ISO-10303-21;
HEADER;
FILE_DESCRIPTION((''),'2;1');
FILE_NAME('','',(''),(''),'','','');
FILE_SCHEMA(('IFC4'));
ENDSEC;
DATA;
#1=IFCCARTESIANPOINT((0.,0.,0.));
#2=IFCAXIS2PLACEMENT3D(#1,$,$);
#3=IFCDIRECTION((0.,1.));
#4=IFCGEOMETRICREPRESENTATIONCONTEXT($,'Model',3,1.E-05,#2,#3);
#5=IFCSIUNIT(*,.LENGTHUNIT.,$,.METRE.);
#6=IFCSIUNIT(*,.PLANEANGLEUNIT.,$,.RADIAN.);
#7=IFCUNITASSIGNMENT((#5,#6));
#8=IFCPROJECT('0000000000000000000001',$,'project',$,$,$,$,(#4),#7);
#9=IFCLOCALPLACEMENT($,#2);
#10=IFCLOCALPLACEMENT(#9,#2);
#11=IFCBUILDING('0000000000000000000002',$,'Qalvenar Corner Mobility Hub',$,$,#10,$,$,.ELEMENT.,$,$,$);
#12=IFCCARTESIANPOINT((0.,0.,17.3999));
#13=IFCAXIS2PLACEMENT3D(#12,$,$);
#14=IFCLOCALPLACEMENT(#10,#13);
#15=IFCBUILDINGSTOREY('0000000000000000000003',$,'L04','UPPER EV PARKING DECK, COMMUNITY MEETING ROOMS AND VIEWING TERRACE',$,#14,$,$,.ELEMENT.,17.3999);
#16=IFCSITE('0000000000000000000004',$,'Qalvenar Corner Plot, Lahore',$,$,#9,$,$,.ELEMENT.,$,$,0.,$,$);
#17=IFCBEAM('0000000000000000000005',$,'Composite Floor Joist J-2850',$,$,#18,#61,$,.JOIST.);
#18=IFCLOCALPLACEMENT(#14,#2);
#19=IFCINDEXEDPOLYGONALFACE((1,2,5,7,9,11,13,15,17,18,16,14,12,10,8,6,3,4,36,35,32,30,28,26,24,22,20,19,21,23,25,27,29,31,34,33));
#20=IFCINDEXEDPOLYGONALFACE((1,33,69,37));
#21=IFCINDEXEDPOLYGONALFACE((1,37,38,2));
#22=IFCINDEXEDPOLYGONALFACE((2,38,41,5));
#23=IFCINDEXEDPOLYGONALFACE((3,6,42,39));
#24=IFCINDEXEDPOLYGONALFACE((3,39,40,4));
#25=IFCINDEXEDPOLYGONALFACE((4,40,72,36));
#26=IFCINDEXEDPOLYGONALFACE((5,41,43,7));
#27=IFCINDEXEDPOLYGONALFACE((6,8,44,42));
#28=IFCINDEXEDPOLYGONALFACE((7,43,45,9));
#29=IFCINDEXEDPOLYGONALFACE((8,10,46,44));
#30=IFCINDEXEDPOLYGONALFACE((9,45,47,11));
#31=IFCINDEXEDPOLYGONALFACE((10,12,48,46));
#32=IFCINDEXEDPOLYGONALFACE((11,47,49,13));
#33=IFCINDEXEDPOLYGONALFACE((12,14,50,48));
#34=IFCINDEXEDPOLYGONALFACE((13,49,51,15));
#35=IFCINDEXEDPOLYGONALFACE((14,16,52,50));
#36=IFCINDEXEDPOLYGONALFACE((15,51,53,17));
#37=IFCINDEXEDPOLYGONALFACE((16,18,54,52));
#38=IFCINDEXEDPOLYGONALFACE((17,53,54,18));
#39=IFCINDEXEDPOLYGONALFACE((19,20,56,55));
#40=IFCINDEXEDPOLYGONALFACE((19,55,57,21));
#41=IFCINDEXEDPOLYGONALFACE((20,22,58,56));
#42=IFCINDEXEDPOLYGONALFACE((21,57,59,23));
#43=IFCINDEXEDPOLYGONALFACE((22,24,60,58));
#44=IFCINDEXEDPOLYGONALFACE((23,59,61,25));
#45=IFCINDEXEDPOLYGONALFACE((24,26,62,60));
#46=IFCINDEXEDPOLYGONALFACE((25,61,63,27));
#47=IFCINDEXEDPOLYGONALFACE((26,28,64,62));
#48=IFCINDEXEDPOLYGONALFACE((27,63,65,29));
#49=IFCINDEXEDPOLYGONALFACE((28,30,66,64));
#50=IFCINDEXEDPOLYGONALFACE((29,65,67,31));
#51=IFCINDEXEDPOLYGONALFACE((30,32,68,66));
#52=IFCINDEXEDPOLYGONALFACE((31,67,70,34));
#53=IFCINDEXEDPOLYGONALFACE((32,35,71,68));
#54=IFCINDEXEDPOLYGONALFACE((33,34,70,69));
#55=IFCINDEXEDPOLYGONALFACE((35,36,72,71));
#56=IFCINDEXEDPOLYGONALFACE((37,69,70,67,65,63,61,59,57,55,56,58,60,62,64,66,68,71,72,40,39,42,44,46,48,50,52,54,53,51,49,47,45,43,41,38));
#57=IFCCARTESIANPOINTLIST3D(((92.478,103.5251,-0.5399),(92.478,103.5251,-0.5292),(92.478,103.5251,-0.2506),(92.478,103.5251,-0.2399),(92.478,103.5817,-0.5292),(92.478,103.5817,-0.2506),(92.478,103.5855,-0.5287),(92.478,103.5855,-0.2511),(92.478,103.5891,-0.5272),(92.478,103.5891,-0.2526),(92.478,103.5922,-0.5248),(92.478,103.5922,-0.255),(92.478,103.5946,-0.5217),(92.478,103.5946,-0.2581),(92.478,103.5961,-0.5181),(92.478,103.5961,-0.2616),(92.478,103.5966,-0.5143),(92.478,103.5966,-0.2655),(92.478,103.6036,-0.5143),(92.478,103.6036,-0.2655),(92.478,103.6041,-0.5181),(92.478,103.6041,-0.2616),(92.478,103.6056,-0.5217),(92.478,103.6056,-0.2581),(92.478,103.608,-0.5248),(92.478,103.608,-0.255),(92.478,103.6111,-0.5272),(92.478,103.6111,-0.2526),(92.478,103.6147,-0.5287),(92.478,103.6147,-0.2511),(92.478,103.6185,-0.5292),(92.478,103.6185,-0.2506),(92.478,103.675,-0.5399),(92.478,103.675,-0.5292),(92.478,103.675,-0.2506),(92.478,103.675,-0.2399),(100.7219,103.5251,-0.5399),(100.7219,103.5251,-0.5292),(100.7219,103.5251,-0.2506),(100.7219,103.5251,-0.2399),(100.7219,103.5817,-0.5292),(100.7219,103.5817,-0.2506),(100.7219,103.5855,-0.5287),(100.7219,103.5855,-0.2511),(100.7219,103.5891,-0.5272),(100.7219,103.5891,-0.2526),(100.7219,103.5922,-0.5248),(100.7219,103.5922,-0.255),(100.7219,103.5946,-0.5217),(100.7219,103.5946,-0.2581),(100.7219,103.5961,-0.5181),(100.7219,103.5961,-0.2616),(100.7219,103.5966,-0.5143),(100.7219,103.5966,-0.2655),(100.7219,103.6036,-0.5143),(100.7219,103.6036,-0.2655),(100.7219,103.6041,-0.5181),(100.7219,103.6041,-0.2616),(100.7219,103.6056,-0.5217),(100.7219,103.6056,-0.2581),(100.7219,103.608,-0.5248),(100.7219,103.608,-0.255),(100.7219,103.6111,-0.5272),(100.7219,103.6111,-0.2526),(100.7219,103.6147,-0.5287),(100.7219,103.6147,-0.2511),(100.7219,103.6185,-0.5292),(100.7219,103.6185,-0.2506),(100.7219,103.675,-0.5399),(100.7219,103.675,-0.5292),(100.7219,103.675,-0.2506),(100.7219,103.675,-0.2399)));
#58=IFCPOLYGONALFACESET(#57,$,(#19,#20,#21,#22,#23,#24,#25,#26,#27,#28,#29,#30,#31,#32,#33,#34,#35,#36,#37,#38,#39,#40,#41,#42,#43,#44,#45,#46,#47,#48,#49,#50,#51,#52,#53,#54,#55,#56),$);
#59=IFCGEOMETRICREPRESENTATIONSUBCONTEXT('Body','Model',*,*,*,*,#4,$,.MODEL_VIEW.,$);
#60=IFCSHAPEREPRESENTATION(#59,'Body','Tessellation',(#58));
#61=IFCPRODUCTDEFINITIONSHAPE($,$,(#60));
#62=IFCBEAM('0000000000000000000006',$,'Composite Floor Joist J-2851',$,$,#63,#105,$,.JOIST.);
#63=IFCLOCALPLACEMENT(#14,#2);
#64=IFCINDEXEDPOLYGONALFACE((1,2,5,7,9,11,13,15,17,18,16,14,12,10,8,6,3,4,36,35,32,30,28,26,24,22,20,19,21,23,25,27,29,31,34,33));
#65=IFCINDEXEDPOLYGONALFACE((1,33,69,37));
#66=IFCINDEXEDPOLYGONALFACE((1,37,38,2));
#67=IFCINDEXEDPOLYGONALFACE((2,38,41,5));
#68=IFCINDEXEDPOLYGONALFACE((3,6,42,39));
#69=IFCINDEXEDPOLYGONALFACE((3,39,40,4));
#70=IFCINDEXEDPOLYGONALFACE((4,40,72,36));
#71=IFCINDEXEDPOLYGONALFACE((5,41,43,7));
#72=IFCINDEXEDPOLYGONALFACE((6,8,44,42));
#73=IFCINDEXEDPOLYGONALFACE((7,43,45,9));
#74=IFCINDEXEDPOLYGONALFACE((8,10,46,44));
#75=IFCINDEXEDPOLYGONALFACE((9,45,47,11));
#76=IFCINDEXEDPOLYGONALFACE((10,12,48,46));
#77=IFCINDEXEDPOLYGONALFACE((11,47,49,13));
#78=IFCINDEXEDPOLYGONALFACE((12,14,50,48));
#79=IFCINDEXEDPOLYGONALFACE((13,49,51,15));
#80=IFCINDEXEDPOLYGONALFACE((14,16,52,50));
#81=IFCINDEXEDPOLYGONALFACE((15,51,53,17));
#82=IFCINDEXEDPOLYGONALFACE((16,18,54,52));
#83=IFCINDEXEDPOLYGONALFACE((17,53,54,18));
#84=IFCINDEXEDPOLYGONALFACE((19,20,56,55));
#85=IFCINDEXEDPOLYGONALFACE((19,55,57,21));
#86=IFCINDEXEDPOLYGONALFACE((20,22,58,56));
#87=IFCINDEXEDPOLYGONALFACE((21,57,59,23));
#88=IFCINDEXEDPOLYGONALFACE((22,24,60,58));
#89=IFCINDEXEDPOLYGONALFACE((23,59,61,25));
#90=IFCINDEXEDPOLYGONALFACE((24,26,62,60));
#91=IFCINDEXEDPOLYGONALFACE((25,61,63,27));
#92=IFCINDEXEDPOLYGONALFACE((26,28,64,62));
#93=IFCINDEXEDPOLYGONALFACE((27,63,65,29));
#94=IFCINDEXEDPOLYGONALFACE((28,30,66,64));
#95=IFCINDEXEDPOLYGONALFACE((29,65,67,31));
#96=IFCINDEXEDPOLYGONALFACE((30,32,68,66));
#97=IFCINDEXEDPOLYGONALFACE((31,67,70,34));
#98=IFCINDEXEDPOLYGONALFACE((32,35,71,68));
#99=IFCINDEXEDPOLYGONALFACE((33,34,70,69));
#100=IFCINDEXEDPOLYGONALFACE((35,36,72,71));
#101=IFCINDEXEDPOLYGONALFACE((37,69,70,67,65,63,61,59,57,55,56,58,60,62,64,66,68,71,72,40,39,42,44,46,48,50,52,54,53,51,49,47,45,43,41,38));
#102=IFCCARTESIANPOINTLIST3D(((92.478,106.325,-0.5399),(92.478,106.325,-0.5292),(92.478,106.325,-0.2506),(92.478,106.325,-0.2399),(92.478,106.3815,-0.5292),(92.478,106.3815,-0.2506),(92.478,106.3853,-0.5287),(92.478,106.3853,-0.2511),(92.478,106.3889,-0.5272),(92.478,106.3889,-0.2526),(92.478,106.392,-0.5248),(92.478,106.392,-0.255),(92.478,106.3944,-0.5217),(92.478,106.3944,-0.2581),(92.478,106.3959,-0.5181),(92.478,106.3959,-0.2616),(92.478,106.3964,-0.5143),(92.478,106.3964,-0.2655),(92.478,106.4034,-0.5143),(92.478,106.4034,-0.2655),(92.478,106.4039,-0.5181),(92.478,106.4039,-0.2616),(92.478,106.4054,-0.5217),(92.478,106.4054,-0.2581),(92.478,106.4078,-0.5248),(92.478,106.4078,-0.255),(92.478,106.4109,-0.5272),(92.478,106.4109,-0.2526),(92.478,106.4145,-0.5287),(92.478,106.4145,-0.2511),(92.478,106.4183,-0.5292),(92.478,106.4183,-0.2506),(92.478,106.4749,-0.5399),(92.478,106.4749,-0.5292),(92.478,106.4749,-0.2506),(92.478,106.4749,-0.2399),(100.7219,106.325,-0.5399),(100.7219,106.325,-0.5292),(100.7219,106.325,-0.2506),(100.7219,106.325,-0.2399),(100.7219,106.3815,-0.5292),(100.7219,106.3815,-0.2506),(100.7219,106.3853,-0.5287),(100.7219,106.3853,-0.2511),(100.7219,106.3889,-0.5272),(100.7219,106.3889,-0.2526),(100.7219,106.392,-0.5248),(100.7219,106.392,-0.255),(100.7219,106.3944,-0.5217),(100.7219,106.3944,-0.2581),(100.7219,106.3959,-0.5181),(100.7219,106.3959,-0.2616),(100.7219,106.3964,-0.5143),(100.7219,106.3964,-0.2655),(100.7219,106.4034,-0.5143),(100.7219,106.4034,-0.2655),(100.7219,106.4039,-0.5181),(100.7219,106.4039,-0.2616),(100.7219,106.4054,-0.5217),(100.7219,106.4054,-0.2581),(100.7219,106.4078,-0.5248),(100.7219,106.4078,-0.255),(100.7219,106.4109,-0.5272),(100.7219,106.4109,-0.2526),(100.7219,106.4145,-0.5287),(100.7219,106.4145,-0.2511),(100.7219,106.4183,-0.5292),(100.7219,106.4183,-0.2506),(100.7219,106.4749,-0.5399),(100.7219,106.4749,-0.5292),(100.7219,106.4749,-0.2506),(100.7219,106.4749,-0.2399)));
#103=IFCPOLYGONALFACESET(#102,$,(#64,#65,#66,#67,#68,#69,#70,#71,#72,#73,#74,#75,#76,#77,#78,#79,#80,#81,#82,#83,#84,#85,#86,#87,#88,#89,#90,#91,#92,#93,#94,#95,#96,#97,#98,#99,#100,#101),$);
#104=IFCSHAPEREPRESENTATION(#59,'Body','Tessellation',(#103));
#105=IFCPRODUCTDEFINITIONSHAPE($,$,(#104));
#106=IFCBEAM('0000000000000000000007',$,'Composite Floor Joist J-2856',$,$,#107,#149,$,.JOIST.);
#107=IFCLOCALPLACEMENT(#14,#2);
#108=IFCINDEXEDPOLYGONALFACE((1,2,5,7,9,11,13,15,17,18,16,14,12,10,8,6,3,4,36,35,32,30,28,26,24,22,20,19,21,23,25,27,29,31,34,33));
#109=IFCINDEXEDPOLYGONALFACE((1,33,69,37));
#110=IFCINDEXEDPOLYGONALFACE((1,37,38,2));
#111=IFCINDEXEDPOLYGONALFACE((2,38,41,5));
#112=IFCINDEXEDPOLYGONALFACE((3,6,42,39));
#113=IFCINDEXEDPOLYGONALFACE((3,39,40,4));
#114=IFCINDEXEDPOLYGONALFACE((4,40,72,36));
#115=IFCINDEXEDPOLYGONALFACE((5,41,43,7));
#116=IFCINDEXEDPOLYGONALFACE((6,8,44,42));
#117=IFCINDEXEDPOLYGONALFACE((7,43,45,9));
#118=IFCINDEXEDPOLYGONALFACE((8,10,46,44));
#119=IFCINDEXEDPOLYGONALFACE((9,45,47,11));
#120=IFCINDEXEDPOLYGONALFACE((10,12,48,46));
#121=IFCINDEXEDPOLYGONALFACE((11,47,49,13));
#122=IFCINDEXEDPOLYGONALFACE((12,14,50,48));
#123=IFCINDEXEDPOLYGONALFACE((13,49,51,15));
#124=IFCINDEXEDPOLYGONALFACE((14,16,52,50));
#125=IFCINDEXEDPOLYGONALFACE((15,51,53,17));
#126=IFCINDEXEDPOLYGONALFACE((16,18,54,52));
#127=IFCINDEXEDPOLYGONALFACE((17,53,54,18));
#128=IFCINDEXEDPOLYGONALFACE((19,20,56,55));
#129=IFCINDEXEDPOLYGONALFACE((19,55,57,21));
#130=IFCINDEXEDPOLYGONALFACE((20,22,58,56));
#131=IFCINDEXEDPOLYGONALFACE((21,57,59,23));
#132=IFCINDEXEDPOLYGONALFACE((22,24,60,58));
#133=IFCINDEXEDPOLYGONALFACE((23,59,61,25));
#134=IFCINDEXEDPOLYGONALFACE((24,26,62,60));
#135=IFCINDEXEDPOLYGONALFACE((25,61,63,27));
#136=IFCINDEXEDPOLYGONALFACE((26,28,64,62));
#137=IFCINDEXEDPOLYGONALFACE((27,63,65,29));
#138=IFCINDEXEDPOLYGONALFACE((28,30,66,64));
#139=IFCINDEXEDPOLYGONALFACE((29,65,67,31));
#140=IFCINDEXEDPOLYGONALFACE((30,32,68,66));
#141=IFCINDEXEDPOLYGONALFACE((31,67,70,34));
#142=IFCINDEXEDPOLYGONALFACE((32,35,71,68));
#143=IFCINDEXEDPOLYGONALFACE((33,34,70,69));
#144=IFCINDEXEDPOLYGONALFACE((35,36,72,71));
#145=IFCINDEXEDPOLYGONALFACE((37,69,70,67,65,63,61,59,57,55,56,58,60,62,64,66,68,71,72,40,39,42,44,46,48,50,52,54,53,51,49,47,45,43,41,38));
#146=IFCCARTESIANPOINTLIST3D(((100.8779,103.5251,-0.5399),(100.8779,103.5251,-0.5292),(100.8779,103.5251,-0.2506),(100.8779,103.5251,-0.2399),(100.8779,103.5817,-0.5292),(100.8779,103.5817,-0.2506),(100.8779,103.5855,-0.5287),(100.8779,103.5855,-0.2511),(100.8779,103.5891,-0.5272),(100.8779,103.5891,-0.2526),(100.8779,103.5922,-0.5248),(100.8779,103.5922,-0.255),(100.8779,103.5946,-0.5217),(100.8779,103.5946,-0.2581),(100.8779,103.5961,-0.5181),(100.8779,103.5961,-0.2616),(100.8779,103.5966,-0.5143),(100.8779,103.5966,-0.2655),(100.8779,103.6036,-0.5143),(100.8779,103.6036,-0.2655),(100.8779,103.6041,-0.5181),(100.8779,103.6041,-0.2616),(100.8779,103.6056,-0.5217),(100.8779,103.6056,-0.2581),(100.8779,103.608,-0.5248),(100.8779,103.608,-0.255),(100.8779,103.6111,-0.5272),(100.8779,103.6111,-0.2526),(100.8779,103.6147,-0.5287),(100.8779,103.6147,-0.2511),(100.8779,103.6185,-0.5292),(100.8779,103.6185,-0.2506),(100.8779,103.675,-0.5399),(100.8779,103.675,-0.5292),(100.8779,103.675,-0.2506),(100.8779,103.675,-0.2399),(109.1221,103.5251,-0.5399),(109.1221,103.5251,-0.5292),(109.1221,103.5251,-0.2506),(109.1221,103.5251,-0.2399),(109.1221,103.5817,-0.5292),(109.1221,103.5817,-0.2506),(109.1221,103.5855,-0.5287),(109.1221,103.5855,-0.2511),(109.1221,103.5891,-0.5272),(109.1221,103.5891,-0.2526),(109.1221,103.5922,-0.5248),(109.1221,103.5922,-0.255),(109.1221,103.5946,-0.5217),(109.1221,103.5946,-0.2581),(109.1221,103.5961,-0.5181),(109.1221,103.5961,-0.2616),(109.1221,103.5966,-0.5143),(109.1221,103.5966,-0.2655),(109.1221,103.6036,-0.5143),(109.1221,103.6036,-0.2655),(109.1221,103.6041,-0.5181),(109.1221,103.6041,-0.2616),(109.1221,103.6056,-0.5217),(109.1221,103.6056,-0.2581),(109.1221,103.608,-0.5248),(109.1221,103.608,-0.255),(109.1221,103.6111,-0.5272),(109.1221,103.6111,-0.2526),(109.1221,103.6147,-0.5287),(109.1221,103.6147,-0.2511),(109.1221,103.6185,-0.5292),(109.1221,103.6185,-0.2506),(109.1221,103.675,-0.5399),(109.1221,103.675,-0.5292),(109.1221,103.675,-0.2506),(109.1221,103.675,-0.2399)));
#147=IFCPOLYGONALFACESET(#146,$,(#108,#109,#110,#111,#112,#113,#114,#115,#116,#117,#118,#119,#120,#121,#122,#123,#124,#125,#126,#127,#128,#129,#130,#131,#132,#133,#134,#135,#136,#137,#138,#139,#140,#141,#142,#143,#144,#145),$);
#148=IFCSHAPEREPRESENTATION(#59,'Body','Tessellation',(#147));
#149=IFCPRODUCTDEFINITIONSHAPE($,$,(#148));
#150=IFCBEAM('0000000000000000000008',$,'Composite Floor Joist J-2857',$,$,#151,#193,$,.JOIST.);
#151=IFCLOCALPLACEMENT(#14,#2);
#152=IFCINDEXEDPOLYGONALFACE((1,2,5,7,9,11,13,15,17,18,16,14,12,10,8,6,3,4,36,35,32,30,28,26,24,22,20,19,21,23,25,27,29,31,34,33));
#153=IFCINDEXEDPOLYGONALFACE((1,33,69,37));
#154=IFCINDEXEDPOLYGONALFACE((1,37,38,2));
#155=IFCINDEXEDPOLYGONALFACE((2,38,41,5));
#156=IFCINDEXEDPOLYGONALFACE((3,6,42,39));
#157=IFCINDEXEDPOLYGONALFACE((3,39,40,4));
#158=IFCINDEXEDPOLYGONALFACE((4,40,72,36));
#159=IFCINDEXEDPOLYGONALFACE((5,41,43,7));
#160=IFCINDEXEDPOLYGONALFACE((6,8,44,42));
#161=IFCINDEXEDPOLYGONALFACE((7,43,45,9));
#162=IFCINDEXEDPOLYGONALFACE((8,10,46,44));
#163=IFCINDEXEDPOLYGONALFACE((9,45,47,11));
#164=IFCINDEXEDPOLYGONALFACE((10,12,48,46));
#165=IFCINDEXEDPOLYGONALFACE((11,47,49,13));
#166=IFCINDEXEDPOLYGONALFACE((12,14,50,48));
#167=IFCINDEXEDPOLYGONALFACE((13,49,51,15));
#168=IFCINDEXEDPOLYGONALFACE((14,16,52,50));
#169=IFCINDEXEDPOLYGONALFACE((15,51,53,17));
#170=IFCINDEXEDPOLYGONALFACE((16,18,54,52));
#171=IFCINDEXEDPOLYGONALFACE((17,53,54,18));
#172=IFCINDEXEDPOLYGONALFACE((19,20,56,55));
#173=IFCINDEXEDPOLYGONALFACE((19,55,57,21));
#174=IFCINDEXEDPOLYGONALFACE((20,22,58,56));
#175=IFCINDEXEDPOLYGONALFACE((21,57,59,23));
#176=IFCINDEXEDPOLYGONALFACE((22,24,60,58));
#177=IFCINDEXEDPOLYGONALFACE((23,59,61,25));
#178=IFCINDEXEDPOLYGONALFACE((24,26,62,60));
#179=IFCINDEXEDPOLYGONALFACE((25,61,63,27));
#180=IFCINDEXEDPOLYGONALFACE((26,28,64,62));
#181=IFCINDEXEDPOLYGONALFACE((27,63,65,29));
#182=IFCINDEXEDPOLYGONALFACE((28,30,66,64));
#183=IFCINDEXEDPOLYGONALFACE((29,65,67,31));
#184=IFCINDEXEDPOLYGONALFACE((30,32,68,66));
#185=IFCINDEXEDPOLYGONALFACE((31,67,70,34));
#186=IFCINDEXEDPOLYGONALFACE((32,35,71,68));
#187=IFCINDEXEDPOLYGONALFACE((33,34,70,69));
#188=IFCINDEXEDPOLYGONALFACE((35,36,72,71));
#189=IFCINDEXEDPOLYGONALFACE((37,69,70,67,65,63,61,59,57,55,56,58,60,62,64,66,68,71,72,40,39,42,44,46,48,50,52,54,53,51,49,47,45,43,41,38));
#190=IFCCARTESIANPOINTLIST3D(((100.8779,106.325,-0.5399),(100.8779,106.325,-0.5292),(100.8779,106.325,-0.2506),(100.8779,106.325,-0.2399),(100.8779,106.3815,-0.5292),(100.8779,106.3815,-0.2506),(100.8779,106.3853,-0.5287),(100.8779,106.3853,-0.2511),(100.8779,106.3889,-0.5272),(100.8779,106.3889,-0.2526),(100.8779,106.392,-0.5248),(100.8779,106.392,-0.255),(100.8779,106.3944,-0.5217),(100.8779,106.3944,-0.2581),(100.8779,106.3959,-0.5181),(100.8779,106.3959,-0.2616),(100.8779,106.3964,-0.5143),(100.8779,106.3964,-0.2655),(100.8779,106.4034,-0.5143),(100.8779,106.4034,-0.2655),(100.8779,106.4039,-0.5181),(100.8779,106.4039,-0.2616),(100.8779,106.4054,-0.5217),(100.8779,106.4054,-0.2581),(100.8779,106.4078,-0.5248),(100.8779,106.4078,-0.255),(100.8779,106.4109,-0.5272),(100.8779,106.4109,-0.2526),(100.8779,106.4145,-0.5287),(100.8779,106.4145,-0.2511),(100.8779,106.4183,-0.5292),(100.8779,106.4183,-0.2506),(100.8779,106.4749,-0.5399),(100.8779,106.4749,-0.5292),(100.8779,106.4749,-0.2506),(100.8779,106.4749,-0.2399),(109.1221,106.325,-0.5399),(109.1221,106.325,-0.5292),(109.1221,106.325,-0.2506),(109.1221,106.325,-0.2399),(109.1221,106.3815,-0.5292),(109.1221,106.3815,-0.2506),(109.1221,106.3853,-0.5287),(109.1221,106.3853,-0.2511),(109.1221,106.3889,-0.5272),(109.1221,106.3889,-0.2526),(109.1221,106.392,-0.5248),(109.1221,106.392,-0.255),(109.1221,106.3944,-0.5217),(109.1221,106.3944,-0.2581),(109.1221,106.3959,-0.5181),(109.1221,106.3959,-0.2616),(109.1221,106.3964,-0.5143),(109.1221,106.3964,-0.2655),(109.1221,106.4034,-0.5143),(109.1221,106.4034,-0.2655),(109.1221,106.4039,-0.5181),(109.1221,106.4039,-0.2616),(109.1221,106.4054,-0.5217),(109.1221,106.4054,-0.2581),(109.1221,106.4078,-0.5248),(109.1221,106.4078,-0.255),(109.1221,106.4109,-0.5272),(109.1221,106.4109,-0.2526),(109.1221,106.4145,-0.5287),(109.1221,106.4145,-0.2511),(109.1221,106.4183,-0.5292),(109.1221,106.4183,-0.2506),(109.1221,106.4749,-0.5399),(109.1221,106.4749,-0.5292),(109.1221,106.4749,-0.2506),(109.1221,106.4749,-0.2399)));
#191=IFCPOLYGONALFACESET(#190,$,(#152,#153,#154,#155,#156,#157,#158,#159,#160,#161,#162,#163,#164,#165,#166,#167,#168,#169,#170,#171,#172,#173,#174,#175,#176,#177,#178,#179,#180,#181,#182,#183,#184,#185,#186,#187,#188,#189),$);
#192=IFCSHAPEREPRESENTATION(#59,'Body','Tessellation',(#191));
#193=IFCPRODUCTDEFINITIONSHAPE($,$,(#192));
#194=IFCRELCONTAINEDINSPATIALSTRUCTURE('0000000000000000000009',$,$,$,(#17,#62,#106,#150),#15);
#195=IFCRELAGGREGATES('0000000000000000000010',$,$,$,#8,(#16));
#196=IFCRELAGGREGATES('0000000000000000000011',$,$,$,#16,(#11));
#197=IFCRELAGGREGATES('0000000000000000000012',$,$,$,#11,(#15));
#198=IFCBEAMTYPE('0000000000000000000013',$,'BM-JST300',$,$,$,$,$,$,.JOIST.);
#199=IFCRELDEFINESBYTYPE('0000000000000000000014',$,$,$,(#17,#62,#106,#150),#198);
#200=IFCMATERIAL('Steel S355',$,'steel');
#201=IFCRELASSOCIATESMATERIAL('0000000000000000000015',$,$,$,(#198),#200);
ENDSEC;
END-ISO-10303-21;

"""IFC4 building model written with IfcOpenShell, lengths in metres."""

from ifc_helpers import new_model, si_unit, direction, frame, origin, origin_2d, place, context, subcontext, project, spatial, i_section, extrude, material, material_profile, profile_set, type_object, element, save


model = new_model("IFC4")

# Units and contexts
model_context = context("Model", 3, precision=1e-05, world=origin(), true_north=direction((0.0, 1.0)))
body_context = subcontext(model_context, "Body", "Model", "MODEL_VIEW")
ifc_project = project(units=[si_unit("LENGTHUNIT", "METRE"), si_unit("PLANEANGLEUNIT", "RADIAN")], contexts=[model_context])

# Site, building, storey
site_placement = place(None, origin())
site = spatial("IfcSite", under=ifc_project, at=site_placement, Name="Qalvenar Corner Plot, Lahore", CompositionType="ELEMENT", RefElevation=0.0)
building_placement = place(site_placement, origin())
building = spatial("IfcBuilding", under=site, at=building_placement, Name="Qalvenar Corner Mobility Hub", CompositionType="ELEMENT")
storey_placement = place(building_placement, frame((0.0, 0.0, 17.3999)))
storey = spatial("IfcBuildingStorey", under=building, at=storey_placement, Name="L04", Description="UPPER EV PARKING DECK, COMMUNITY MEETING ROOMS AND VIEWING TERRACE", CompositionType="ELEMENT", Elevation=17.3999)

# Shared definitions
ifc_material = material(Name="Steel S355", Category="steel")

# Beams
ifc_material_profile_1 = material_profile(ifc_material, i_section(OverallWidth=0.1499, OverallDepth=0.3, WebThickness=0.0071, FlangeThickness=0.0107, FilletRadius=0.0149, at=origin_2d()), Name="IPE300")
ifc_profile_set_1 = profile_set([ifc_material_profile_1], Name="Steel S355")
beam_type_1 = type_object("IfcBeamType", Name="BM-JST300", PredefinedType="JOIST", material=ifc_profile_set_1)
for number, where, z_axis, x_axis, name in (
    (1, (92.478, 103.6001, -0.3899), (1.0, 0.0, 0.0), (0.0, 1.0, 0.0), "Composite Floor Joist J-2850"),
    (2, (92.478, 106.3999, -0.3899), (1.0, 0.0, 0.0), (0.0, 1.0, 0.0), "Composite Floor Joist J-2851"),
):
    element("IfcBeam", number, at=place(storey_placement, frame(where, z_axis=z_axis, x_axis=x_axis)), inside=storey, type_object=beam_type_1, Name=name, PredefinedType="JOIST", context=body_context, shape_type="SweptSolid", body=[
        extrude(i_section(OverallWidth=0.1499, OverallDepth=0.3, WebThickness=0.0071, FlangeThickness=0.0107, FilletRadius=0.0149, at=origin_2d()), origin(), (0.0, 0.0, 1.0), 8.2439),
    ])
for number, where, z_axis, x_axis, name in (
    (3, (100.8779, 103.6001, -0.3899), (1.0, 0.0, 0.0), (0.0, 1.0, 0.0), "Composite Floor Joist J-2856"),
    (4, (100.8779, 106.3999, -0.3899), (1.0, 0.0, 0.0), (0.0, 1.0, 0.0), "Composite Floor Joist J-2857"),
):
    element("IfcBeam", number, at=place(storey_placement, frame(where, z_axis=z_axis, x_axis=x_axis)), inside=storey, type_object=beam_type_1, Name=name, PredefinedType="JOIST", context=body_context, shape_type="SweptSolid", body=[
        extrude(i_section(OverallWidth=0.1499, OverallDepth=0.3, WebThickness=0.0071, FlangeThickness=0.0107, FilletRadius=0.0149, at=origin_2d()), origin(), (0.0, 0.0, 1.0), 8.2441),
    ])

save(model, "model.ifc")
